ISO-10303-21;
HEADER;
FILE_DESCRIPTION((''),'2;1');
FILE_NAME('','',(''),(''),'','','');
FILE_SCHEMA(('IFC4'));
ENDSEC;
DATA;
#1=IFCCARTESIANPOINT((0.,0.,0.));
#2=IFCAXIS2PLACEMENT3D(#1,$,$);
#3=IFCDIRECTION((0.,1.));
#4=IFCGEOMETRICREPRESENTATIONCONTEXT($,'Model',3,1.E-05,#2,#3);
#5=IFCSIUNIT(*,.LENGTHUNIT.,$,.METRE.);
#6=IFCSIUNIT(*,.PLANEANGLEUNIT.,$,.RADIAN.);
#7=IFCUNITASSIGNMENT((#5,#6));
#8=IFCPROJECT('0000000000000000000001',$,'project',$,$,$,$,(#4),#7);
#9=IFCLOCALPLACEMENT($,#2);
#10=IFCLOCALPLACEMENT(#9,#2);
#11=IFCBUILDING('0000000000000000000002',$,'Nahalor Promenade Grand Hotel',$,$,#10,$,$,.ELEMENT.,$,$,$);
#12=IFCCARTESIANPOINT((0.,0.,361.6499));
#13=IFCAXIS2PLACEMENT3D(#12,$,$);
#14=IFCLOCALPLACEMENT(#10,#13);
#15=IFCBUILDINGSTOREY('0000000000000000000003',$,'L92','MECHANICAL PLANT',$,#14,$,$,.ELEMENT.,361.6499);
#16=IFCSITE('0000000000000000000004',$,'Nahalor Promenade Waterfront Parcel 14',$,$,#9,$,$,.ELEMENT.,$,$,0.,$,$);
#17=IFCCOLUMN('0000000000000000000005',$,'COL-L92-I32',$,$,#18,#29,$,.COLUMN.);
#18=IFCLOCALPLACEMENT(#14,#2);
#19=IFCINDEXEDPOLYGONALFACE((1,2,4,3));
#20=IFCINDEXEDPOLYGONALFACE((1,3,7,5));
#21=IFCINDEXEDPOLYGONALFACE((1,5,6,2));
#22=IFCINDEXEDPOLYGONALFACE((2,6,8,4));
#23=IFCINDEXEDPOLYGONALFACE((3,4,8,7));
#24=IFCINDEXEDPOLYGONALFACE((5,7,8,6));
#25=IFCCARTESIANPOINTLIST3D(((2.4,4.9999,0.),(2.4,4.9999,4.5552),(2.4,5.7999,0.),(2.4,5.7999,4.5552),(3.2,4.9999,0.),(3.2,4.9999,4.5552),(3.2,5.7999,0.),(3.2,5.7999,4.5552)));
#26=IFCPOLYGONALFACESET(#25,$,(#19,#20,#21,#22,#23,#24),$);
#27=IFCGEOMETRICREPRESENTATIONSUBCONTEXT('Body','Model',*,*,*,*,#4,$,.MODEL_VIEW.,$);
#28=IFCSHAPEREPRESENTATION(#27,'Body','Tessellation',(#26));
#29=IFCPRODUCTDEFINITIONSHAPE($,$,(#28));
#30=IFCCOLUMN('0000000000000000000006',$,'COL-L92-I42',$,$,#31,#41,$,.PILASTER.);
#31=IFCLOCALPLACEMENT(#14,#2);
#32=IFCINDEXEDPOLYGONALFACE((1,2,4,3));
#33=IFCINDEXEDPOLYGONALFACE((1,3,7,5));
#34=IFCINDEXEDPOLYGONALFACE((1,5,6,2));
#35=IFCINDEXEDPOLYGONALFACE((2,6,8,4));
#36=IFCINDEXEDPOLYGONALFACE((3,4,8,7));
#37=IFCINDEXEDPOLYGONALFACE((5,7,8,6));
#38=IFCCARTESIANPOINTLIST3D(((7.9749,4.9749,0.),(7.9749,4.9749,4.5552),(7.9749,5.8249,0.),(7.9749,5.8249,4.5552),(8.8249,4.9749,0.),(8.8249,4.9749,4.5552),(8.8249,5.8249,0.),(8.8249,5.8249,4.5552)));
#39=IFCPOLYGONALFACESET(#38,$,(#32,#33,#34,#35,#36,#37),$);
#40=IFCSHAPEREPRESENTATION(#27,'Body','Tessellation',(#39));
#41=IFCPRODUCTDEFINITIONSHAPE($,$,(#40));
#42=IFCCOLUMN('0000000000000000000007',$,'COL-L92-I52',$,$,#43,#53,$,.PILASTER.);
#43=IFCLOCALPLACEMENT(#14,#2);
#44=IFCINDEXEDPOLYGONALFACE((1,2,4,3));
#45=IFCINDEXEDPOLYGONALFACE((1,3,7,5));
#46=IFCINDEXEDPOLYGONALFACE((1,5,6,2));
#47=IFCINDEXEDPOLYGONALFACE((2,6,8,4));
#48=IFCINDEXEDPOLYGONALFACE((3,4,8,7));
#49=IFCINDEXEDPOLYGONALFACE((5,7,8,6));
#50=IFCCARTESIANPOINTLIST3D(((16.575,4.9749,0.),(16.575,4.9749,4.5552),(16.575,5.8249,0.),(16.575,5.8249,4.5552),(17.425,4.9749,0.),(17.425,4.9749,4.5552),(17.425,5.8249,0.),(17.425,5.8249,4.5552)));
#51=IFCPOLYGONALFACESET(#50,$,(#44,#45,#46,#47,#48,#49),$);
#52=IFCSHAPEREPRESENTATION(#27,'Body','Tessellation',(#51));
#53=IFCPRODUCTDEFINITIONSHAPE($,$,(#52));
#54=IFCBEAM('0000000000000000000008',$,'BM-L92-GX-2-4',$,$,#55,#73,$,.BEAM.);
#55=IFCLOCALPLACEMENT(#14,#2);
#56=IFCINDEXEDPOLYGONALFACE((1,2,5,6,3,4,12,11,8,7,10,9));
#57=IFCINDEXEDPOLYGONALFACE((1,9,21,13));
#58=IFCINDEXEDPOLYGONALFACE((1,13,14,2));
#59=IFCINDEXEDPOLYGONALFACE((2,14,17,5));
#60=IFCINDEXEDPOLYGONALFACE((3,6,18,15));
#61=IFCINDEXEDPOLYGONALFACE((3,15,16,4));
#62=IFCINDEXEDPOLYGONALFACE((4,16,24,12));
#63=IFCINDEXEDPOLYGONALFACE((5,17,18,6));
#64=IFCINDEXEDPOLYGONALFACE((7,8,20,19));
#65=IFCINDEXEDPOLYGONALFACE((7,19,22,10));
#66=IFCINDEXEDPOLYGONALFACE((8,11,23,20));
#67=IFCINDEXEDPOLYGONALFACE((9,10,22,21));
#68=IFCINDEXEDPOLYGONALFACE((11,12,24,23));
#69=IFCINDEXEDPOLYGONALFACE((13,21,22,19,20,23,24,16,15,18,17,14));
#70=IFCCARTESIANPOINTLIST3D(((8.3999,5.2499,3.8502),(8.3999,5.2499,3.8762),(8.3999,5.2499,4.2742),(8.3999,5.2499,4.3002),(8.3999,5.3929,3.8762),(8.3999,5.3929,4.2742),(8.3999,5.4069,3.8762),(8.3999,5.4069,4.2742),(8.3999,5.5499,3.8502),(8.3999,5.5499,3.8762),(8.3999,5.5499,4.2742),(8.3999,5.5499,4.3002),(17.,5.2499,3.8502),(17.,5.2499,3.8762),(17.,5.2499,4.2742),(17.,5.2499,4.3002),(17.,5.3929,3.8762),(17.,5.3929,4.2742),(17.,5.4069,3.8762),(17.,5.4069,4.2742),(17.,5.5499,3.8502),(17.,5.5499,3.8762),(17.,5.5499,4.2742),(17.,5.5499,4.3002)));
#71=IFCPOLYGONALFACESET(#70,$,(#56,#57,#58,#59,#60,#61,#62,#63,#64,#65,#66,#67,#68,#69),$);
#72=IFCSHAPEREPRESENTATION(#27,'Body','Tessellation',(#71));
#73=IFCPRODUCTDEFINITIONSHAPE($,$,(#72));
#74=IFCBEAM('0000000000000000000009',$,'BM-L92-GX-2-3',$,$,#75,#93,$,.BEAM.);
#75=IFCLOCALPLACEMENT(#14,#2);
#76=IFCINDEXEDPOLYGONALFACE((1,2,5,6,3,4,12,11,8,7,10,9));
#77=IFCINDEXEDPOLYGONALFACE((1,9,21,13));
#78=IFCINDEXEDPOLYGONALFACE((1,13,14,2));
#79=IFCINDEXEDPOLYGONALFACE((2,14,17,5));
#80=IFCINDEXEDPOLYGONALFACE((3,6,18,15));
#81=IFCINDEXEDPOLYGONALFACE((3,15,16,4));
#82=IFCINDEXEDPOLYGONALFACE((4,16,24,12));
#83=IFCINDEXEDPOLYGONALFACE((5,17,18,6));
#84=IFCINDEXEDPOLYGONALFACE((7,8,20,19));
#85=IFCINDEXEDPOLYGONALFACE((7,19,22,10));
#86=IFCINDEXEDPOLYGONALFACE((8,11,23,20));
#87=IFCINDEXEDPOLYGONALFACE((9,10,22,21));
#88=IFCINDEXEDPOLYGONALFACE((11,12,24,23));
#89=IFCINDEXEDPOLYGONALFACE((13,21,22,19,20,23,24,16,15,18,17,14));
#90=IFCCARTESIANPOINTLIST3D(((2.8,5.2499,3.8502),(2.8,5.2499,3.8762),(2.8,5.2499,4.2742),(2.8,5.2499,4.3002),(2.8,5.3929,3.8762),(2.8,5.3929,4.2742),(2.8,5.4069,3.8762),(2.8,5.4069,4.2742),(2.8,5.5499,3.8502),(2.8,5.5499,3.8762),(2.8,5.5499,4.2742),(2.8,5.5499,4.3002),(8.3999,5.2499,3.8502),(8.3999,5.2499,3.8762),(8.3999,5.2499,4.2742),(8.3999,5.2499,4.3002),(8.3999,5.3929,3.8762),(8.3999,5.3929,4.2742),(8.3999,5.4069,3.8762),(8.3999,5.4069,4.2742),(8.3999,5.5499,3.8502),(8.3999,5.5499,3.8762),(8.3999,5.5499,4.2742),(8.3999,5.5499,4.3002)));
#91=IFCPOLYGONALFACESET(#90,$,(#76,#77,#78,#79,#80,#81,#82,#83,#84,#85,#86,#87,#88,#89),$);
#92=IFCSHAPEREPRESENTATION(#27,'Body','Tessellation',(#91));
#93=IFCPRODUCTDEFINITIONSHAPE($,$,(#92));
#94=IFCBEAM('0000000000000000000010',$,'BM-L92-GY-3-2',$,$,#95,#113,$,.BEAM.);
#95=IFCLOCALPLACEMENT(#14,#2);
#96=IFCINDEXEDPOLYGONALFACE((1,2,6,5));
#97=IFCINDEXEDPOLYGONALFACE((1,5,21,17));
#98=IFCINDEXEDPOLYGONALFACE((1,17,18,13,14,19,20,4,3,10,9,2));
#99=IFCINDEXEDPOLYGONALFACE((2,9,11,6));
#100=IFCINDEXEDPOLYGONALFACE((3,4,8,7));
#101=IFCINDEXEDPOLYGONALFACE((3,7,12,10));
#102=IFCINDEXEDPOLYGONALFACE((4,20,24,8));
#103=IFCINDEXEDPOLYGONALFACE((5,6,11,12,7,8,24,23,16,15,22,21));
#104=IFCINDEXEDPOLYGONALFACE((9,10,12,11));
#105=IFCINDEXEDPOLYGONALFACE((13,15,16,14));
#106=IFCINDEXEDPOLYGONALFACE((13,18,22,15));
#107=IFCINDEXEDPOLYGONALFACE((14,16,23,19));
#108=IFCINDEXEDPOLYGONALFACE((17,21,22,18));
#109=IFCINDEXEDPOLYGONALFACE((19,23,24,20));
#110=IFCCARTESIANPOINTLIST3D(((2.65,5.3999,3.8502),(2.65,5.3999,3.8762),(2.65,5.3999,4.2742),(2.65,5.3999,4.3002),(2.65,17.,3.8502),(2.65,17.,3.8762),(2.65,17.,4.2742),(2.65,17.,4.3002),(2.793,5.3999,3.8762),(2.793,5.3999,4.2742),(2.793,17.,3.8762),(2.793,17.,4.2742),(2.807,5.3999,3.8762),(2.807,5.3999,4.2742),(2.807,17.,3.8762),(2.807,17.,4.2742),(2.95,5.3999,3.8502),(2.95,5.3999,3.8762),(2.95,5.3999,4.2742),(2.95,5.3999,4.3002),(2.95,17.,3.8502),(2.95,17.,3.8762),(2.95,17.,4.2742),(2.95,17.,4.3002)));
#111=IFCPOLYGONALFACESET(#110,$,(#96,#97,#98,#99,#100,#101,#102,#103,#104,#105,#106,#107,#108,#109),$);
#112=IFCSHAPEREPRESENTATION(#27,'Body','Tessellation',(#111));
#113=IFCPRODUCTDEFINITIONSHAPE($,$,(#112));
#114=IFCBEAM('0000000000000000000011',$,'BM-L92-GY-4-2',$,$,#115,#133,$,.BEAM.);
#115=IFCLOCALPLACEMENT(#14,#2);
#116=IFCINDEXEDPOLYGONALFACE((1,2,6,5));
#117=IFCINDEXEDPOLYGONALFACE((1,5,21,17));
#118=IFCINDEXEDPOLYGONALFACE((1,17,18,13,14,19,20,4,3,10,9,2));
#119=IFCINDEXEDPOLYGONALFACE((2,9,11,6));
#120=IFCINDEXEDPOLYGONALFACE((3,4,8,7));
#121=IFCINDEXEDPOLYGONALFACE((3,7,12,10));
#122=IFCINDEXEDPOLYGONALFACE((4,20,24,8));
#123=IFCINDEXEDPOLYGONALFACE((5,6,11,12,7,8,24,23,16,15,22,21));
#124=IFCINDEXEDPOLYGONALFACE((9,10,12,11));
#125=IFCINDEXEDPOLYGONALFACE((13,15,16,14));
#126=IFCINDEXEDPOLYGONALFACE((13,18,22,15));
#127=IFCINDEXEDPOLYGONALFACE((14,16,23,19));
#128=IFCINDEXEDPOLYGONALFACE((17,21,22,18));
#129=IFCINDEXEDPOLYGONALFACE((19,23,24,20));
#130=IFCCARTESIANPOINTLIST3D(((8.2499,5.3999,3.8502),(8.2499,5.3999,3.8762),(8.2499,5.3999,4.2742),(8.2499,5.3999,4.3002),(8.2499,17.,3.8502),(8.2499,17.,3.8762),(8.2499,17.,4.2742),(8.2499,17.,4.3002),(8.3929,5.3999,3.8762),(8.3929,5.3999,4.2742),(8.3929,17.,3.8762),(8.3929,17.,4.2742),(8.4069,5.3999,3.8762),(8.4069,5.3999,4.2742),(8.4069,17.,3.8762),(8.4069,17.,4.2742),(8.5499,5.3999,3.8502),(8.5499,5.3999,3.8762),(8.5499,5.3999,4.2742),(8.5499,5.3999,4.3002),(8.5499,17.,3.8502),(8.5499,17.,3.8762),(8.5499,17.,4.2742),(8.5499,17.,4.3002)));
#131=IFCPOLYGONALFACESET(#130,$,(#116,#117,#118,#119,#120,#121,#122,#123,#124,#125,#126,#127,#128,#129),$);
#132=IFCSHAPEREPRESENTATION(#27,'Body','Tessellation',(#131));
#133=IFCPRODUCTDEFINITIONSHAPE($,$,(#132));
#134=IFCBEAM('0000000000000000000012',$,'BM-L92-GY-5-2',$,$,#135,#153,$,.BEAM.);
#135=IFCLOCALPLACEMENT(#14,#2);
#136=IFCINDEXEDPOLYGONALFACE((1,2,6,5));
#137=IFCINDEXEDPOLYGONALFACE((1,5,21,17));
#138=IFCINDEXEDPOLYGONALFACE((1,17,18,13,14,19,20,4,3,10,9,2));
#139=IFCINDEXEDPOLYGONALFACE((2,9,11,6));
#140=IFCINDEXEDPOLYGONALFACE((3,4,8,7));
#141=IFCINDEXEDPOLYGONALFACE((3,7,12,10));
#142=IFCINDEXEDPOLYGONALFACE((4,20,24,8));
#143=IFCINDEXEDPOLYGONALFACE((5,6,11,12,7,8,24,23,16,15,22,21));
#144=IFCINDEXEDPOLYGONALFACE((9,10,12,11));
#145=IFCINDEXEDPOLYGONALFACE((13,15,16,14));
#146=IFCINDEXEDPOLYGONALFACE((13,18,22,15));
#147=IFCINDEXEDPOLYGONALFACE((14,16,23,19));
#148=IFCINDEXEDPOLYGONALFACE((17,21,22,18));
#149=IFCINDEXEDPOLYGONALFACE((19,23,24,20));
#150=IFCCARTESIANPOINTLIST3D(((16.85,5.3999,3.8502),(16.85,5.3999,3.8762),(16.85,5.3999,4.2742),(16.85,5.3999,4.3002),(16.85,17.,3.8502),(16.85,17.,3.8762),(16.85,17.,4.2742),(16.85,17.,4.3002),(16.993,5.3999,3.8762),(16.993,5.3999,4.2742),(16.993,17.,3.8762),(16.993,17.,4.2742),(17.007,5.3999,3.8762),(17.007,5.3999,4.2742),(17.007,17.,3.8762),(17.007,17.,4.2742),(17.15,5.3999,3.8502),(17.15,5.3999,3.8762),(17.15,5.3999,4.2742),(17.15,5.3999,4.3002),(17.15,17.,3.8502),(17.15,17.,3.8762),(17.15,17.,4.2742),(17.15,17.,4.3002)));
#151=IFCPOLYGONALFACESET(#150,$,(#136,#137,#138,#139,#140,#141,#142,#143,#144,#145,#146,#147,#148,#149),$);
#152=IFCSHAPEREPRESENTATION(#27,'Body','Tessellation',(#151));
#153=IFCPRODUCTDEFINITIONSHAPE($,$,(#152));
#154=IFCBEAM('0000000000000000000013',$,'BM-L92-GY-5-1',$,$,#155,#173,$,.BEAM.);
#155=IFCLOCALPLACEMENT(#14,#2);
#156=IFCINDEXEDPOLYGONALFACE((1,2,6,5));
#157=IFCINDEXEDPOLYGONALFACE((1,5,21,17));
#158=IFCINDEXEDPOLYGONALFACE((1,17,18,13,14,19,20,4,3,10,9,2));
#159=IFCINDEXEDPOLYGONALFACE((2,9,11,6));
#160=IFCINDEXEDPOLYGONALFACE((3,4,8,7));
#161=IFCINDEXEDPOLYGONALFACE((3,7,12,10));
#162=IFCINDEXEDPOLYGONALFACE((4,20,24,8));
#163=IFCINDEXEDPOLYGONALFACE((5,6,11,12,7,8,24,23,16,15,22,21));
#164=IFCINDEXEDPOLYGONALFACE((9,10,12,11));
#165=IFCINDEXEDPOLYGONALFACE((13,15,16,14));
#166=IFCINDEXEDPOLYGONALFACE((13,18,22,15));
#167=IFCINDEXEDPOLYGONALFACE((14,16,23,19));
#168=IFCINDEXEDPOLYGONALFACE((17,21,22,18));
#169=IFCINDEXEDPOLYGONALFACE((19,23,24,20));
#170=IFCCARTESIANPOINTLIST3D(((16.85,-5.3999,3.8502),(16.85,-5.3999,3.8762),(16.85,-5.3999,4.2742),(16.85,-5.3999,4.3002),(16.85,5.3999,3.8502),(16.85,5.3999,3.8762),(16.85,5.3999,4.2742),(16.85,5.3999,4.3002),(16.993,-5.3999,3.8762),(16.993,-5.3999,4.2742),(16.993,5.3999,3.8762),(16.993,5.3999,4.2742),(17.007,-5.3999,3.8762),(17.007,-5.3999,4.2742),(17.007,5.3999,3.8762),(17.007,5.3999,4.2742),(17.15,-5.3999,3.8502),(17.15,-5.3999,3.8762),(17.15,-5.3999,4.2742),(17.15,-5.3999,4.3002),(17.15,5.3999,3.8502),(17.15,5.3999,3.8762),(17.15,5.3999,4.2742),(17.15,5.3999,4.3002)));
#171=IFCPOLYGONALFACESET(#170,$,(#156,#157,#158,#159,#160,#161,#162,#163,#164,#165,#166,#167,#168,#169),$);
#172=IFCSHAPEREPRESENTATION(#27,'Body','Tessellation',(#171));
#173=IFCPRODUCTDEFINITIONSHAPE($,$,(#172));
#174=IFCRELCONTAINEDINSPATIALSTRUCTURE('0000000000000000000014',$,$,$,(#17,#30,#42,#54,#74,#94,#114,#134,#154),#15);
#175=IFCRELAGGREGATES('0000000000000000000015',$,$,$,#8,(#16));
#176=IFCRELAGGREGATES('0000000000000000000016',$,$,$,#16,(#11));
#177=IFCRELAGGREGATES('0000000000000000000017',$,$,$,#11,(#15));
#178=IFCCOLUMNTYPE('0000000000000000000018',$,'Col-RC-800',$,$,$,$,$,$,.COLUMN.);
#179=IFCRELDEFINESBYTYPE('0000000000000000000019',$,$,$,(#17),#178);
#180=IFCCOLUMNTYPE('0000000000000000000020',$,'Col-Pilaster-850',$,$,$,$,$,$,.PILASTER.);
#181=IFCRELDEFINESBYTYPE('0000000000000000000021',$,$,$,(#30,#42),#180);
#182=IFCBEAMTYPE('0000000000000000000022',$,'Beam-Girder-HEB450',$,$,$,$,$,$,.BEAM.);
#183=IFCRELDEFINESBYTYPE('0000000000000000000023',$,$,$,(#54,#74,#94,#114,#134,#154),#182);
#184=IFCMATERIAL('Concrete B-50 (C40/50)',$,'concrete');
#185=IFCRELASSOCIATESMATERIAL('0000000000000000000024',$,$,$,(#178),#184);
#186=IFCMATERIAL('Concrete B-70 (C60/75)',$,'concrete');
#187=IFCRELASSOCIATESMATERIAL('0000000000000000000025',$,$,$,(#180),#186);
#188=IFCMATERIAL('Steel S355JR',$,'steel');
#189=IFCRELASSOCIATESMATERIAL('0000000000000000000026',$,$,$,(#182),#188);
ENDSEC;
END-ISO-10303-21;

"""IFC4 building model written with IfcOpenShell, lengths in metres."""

from ifc_helpers import new_model, si_unit, direction, frame, origin, origin_2d, place, context, subcontext, project, spatial, rectangle, i_section, extrude, source, transform, mapped, material, material_profile, profile_set, type_object, element, save


model = new_model("IFC4")

# Units and contexts
model_context = context("Model", 3, precision=1e-05, world=origin(), true_north=direction((0.0, 1.0)))
body_context = subcontext(model_context, "Body", "Model", "MODEL_VIEW")
ifc_project = project(units=[si_unit("LENGTHUNIT", "METRE"), si_unit("PLANEANGLEUNIT", "RADIAN")], contexts=[model_context])

# Site, building, storey
site_placement = place(None, origin())
site = spatial("IfcSite", under=ifc_project, at=site_placement, Name="Nahalor Promenade Waterfront Parcel 14", CompositionType="ELEMENT", RefElevation=0.0)
building_placement = place(site_placement, origin())
building = spatial("IfcBuilding", under=site, at=building_placement, Name="Nahalor Promenade Grand Hotel", CompositionType="ELEMENT")
storey_placement = place(building_placement, frame((0.0, 0.0, 361.6499)))
storey = spatial("IfcBuildingStorey", under=building, at=storey_placement, Name="L92", Description="MECHANICAL PLANT", CompositionType="ELEMENT", Elevation=361.6499)

# Columns
ifc_material_1 = material(Name="Concrete B-50 (C40/50)", Category="concrete")
ifc_material_profile_1 = material_profile(ifc_material_1, rectangle(XDim=0.8, YDim=0.8, at=origin_2d()), Name="RC 800x800")
ifc_profile_set_1 = profile_set([ifc_material_profile_1], Name="Concrete B-50 (C40/50)")
column_type_1 = type_object("IfcColumnType", Name="Col-RC-800", PredefinedType="COLUMN", material=ifc_profile_set_1)
shared_shape_1 = source(origin(), body_context, "Body", "SweptSolid", [
    extrude(rectangle(XDim=0.8, YDim=0.8, at=origin_2d()), origin(), (0.0, 0.0, 1.0), 4.5552),
])
column_placement = place(storey_placement, frame((2.8, 5.3999, 0.0), z_axis=(0.0, 0.0, 1.0), x_axis=(1.0, 0.0, 0.0)))
element("IfcColumn", 1, at=column_placement, inside=storey, type_object=column_type_1, Name="COL-L92-I32", PredefinedType="COLUMN", context=body_context, shape_type="MappedRepresentation", body=[
    mapped(shared_shape_1, transform((0.0, 0.0, 0.0), scale=1.0)),
])
ifc_material_2 = material(Name="Concrete B-70 (C60/75)", Category="concrete")
ifc_material_profile_2 = material_profile(ifc_material_2, rectangle(XDim=0.85, YDim=0.85, at=origin_2d()), Name="RC 850x850")
ifc_profile_set_2 = profile_set([ifc_material_profile_2], Name="Concrete B-70 (C60/75)")
column_type_2 = type_object("IfcColumnType", Name="Col-Pilaster-850", PredefinedType="PILASTER", material=ifc_profile_set_2)
shared_shape_2 = source(origin(), body_context, "Body", "SweptSolid", [
    extrude(rectangle(XDim=0.85, YDim=0.85, at=origin_2d()), origin(), (0.0, 0.0, 1.0), 4.5552),
])
for number, where, z_axis, x_axis, name in (
    (2, (8.3999, 5.3999, 0.0), (0.0, 0.0, 1.0), (1.0, 0.0, 0.0), "COL-L92-I42"),
    (3, (17.0, 5.3999, 0.0), (0.0, 0.0, 1.0), (1.0, 0.0, 0.0), "COL-L92-I52"),
):
    element("IfcColumn", number, at=place(storey_placement, frame(where, z_axis=z_axis, x_axis=x_axis)), inside=storey, type_object=column_type_2, Name=name, PredefinedType="PILASTER", context=body_context, shape_type="MappedRepresentation", body=[
        mapped(shared_shape_2, transform((0.0, 0.0, 0.0), scale=1.0)),
    ])

# Beams
ifc_material_3 = material(Name="Steel S355JR", Category="steel")
ifc_material_profile_3 = material_profile(ifc_material_3, i_section(OverallWidth=0.3, OverallDepth=0.45, WebThickness=0.014, FlangeThickness=0.026, at=origin_2d()), Name="HEB 450")
ifc_profile_set_3 = profile_set([ifc_material_profile_3], Name="Steel S355JR")
beam_type = type_object("IfcBeamType", Name="Beam-Girder-HEB450", PredefinedType="BEAM", material=ifc_profile_set_3)
shared_shape_3 = source(origin(), body_context, "Body", "SweptSolid", [
    extrude(i_section(OverallWidth=0.3, OverallDepth=0.45, WebThickness=0.014, FlangeThickness=0.026, at=origin_2d()), origin(), (0.0, 0.0, 1.0), 8.6001),
])
beam_1_placement = place(storey_placement, frame((8.3999, 5.3999, 4.0752), z_axis=(1.0, 0.0, 0.0), x_axis=(0.0, 1.0, 0.0)))
element("IfcBeam", 4, at=beam_1_placement, inside=storey, type_object=beam_type, Name="BM-L92-GX-2-4", PredefinedType="BEAM", context=body_context, shape_type="MappedRepresentation", body=[
    mapped(shared_shape_3, transform((0.0, 0.0, 0.0), scale=1.0)),
])
shared_shape_4 = source(origin(), body_context, "Body", "SweptSolid", [
    extrude(i_section(OverallWidth=0.3, OverallDepth=0.45, WebThickness=0.014, FlangeThickness=0.026, at=origin_2d()), origin(), (0.0, 0.0, 1.0), 5.5999),
])
beam_2_placement = place(storey_placement, frame((2.8, 5.3999, 4.0752), z_axis=(1.0, 0.0, 0.0), x_axis=(0.0, 1.0, 0.0)))
element("IfcBeam", 5, at=beam_2_placement, inside=storey, type_object=beam_type, Name="BM-L92-GX-2-3", PredefinedType="BEAM", context=body_context, shape_type="MappedRepresentation", body=[
    mapped(shared_shape_4, transform((0.0, 0.0, 0.0), scale=1.0)),
])
shared_shape_5 = source(origin(), body_context, "Body", "SweptSolid", [
    extrude(i_section(OverallWidth=0.3, OverallDepth=0.45, WebThickness=0.014, FlangeThickness=0.026, at=origin_2d()), origin(), (0.0, 0.0, 1.0), 11.6001),
])
for number, where, z_axis, x_axis, name in (
    (6, (2.8, 5.3999, 4.0752), (0.0, 1.0, 0.0), (-1.0, 0.0, 0.0), "BM-L92-GY-3-2"),
    (7, (8.3999, 5.3999, 4.0752), (0.0, 1.0, 0.0), (-1.0, 0.0, 0.0), "BM-L92-GY-4-2"),
    (8, (17.0, 5.3999, 4.0752), (0.0, 1.0, 0.0), (-1.0, 0.0, 0.0), "BM-L92-GY-5-2"),
):
    element("IfcBeam", number, at=place(storey_placement, frame(where, z_axis=z_axis, x_axis=x_axis)), inside=storey, type_object=beam_type, Name=name, PredefinedType="BEAM", context=body_context, shape_type="MappedRepresentation", body=[
        mapped(shared_shape_5, transform((0.0, 0.0, 0.0), scale=1.0)),
    ])
shared_shape_6 = source(origin(), body_context, "Body", "SweptSolid", [
    extrude(i_section(OverallWidth=0.3, OverallDepth=0.45, WebThickness=0.014, FlangeThickness=0.026, at=origin_2d()), origin(), (0.0, 0.0, 1.0), 10.7998),
])
beam_3_placement = place(storey_placement, frame((17.0, -5.3999, 4.0752), z_axis=(0.0, 1.0, 0.0), x_axis=(-1.0, 0.0, 0.0)))
element("IfcBeam", 9, at=beam_3_placement, inside=storey, type_object=beam_type, Name="BM-L92-GY-5-1", PredefinedType="BEAM", context=body_context, shape_type="MappedRepresentation", body=[
    mapped(shared_shape_6, transform((0.0, 0.0, 0.0), scale=1.0)),
])

save(model, "model.ifc")
